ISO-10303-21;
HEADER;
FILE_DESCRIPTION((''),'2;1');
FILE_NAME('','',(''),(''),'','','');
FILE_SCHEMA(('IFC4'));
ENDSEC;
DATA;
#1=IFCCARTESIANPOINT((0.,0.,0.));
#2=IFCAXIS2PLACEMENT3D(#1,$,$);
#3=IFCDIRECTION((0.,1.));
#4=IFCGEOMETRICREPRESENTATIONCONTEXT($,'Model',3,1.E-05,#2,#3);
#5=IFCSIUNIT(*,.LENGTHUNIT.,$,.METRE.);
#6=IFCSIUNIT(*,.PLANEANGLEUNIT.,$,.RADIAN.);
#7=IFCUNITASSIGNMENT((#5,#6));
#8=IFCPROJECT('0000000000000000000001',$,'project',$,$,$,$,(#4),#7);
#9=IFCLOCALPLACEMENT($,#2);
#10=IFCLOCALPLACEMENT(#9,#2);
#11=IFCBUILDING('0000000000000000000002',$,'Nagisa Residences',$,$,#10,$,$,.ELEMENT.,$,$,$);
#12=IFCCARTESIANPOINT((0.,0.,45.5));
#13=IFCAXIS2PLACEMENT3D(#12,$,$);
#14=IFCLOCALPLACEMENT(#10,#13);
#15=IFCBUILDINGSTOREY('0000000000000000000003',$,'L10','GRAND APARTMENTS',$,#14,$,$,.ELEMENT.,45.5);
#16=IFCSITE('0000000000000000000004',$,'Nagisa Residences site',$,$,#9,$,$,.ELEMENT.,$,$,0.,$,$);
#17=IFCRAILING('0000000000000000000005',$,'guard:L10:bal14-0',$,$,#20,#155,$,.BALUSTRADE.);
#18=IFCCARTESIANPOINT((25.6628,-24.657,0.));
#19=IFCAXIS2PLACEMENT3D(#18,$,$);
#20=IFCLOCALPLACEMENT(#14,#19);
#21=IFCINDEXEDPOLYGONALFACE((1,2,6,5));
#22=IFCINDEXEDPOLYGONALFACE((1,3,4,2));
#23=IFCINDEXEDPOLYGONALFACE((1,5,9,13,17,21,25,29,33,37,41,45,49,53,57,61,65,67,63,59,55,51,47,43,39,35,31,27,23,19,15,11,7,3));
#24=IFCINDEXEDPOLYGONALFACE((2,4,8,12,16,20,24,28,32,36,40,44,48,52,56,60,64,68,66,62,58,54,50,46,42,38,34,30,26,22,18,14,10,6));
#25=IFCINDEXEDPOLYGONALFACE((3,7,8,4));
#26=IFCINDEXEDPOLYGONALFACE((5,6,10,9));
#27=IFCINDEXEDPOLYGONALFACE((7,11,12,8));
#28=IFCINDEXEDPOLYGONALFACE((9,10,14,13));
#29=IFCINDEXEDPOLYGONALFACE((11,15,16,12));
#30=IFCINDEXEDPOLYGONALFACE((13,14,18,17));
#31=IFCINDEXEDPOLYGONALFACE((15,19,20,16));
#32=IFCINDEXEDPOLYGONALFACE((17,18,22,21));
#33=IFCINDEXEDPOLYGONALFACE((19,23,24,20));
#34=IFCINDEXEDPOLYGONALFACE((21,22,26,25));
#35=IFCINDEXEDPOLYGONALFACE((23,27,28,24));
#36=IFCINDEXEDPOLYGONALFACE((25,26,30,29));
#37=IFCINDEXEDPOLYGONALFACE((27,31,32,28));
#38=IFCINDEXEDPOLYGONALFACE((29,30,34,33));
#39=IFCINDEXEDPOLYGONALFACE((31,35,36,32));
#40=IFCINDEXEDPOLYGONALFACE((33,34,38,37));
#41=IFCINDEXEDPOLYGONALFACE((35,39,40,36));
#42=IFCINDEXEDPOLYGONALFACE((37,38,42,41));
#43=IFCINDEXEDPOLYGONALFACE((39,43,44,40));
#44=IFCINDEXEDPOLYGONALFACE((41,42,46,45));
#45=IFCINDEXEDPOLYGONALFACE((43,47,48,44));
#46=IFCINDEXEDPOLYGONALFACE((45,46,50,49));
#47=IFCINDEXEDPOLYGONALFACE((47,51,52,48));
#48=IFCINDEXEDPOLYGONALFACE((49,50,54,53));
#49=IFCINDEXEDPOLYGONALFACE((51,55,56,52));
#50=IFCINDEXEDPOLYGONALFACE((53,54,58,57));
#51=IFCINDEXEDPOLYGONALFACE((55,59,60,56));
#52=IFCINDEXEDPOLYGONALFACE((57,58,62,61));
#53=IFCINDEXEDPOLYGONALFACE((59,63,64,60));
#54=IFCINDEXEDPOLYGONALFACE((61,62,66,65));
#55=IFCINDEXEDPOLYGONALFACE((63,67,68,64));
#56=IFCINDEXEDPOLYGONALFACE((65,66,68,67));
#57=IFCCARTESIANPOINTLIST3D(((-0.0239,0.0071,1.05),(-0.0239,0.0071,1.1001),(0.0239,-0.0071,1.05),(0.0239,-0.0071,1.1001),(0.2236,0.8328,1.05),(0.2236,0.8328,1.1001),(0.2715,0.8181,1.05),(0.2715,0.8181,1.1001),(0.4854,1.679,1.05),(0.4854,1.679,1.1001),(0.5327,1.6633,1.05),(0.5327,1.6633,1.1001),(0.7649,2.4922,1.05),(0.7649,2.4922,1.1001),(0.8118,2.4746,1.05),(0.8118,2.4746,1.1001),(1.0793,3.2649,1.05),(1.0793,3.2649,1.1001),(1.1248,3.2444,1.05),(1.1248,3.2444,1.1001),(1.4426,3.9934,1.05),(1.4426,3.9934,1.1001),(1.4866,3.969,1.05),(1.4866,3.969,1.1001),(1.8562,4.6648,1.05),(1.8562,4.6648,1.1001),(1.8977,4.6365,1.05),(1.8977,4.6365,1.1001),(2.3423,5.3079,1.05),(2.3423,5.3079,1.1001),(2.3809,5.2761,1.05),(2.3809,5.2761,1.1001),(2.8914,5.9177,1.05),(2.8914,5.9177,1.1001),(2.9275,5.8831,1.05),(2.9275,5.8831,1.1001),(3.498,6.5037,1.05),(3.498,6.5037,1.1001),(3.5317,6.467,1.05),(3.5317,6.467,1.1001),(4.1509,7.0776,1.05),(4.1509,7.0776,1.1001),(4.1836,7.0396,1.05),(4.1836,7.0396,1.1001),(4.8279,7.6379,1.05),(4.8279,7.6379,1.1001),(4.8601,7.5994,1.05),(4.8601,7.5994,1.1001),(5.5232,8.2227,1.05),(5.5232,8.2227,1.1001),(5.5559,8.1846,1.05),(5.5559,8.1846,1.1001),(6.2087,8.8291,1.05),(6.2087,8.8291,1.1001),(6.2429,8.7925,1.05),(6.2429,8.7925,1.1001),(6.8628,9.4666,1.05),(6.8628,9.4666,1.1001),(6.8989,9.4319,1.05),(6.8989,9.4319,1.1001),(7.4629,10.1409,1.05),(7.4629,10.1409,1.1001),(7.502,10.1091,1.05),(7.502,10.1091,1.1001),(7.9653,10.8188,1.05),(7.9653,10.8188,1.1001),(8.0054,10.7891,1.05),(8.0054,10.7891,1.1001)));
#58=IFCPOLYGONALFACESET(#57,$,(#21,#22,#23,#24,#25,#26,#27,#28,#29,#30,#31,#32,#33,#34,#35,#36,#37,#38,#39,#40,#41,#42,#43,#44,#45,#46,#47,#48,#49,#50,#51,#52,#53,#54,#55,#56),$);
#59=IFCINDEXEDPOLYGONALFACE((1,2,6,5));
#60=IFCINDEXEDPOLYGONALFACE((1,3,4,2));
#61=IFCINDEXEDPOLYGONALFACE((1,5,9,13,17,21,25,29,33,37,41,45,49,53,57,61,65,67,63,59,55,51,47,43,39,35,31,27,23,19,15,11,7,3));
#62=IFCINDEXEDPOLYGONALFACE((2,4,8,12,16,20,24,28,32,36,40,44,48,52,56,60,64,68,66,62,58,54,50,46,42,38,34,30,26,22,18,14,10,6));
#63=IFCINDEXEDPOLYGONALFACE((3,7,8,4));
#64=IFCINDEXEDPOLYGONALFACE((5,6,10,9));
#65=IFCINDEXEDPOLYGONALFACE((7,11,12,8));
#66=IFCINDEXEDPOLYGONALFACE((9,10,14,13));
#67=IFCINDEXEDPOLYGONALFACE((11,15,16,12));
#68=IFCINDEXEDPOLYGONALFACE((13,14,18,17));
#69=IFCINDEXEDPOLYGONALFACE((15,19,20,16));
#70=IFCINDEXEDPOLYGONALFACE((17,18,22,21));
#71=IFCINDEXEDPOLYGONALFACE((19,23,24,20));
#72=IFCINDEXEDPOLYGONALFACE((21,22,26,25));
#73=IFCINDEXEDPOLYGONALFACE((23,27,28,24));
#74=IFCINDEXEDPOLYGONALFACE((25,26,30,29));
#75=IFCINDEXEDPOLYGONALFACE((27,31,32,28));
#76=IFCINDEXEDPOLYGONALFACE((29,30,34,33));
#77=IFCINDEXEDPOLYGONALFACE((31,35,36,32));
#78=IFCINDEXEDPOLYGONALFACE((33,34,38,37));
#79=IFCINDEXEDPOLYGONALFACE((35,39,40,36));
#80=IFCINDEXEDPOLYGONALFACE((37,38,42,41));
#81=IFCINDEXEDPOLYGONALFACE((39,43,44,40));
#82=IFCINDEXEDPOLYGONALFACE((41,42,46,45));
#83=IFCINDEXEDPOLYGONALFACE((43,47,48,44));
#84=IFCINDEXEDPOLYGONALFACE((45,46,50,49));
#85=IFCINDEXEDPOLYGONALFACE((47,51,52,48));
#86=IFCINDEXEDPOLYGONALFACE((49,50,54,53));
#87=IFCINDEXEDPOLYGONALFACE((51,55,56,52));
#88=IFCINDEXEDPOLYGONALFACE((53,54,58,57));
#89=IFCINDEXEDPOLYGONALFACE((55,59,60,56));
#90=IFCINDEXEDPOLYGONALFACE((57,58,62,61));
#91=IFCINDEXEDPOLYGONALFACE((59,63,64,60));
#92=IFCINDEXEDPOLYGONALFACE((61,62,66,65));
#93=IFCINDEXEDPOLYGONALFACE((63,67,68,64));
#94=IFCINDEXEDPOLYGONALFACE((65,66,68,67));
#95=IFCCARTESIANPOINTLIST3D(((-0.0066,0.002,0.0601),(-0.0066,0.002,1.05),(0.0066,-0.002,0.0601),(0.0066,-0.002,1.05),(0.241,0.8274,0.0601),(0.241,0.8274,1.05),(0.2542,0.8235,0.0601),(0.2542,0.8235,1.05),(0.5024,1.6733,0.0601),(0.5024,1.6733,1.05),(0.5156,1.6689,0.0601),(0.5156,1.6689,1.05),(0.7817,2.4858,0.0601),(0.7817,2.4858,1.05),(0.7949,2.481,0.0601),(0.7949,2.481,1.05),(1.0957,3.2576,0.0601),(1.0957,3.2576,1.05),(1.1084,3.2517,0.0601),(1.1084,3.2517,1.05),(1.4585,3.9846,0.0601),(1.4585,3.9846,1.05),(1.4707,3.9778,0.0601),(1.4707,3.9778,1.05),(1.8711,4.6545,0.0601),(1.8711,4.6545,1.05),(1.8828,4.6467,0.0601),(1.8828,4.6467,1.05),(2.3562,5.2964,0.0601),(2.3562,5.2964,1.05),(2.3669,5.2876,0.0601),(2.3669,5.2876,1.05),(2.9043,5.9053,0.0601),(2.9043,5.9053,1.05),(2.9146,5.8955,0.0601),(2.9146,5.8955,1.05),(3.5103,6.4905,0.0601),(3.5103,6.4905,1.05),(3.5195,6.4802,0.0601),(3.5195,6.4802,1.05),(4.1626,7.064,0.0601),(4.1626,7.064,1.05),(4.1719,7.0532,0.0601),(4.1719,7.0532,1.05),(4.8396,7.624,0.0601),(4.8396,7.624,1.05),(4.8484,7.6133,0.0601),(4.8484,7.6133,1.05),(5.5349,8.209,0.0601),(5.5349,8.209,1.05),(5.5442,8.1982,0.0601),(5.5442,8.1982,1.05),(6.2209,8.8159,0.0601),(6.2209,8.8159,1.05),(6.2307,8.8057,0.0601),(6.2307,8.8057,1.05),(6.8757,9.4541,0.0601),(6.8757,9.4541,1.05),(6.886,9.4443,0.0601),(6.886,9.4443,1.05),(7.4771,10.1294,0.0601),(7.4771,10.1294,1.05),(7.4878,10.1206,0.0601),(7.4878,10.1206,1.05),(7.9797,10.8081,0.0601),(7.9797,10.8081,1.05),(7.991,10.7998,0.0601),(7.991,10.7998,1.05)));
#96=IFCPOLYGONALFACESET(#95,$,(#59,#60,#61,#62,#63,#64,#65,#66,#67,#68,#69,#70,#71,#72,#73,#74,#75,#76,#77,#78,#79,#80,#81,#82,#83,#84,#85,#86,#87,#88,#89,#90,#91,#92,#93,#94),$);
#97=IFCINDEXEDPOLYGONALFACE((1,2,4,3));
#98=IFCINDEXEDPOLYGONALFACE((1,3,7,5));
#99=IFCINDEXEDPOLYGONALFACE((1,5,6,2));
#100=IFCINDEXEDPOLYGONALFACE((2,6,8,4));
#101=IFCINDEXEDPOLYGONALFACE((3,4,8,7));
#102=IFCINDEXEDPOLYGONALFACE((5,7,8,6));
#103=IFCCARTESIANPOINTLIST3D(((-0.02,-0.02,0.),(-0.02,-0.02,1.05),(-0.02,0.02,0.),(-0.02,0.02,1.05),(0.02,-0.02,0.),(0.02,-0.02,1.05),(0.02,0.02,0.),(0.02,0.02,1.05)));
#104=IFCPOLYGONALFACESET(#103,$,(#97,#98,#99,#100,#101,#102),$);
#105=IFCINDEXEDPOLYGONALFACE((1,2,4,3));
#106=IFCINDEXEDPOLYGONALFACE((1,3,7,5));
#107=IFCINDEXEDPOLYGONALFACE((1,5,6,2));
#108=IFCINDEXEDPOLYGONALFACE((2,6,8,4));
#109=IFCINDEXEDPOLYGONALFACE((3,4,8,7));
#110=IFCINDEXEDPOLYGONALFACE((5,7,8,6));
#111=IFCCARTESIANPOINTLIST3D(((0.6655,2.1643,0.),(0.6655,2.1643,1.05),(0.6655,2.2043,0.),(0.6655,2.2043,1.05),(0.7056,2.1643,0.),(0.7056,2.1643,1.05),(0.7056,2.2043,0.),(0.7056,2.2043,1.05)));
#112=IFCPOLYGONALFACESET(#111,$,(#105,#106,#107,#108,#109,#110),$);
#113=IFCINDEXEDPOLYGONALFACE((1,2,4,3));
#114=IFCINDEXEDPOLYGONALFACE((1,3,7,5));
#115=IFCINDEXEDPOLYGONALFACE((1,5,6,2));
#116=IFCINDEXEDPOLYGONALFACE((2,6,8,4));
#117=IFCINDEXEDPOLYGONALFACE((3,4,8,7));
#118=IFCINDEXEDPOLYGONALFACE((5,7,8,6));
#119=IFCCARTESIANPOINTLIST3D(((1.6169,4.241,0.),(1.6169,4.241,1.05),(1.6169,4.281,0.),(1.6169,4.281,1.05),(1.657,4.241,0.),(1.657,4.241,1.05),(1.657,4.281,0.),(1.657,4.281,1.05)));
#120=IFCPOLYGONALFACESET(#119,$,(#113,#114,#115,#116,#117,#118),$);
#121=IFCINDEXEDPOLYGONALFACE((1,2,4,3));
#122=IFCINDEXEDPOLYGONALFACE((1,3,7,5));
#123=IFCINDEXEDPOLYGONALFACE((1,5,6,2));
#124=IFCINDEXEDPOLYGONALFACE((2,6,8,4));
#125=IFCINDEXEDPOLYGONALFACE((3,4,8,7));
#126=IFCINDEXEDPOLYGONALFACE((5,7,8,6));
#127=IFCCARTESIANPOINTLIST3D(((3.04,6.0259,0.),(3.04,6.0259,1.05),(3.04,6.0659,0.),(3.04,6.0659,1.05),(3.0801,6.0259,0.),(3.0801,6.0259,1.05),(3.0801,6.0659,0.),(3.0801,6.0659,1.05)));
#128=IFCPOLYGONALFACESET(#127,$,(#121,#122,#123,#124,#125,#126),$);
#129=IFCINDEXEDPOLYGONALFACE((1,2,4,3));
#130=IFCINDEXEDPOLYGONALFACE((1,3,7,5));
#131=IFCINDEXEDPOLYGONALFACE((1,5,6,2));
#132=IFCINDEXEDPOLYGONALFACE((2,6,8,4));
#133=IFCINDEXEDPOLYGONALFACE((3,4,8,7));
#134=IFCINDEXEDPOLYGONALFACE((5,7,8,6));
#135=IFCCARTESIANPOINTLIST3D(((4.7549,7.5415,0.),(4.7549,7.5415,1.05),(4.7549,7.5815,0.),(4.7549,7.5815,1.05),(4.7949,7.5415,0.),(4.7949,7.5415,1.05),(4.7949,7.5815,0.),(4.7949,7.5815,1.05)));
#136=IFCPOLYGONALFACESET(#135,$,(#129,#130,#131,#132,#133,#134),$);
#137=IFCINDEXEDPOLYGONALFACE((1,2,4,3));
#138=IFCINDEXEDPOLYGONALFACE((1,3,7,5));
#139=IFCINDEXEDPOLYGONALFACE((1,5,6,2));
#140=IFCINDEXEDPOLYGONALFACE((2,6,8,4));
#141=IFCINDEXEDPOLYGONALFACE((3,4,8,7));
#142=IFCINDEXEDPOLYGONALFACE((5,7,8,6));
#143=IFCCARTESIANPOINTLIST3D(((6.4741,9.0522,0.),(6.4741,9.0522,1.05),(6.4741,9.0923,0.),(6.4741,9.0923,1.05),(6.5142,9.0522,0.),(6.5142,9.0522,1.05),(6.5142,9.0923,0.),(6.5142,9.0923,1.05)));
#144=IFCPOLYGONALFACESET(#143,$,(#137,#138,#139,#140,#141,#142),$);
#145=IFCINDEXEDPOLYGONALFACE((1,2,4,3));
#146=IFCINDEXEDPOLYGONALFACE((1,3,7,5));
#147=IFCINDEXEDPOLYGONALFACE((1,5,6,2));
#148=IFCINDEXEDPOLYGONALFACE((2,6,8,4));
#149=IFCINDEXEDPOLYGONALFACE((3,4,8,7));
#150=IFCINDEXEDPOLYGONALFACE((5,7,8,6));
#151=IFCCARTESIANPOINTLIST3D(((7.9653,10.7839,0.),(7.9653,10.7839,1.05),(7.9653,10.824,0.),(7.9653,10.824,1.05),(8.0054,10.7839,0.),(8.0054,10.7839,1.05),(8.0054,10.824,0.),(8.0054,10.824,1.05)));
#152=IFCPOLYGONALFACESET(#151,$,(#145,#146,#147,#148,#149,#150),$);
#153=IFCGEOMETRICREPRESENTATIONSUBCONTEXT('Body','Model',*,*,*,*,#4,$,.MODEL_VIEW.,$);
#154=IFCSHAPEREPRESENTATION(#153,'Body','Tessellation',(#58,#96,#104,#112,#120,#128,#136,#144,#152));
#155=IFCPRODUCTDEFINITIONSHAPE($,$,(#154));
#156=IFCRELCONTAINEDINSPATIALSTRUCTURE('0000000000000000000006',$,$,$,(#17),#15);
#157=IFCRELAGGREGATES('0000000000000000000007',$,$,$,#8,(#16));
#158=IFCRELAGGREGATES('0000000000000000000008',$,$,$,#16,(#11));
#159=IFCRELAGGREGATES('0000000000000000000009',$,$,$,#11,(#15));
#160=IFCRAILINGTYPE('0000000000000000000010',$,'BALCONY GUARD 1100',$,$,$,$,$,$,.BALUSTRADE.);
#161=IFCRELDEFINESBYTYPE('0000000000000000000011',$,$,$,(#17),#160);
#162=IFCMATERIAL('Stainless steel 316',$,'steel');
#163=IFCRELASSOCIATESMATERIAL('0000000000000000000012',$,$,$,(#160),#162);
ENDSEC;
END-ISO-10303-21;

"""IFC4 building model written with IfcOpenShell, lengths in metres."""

from ifc_helpers import new_model, si_unit, direction, frame, origin, origin_2d, place, context, subcontext, project, spatial, polyline, rectangle, outline, extrude, material, type_object, element, save


model = new_model("IFC4")

# Units and contexts
model_context = context("Model", 3, precision=1e-05, world=origin(), true_north=direction((0.0, 1.0)))
body_context = subcontext(model_context, "Body", "Model", "MODEL_VIEW")
ifc_project = project(units=[si_unit("LENGTHUNIT", "METRE"), si_unit("PLANEANGLEUNIT", "RADIAN")], contexts=[model_context])

# Site, building, storey
site_placement = place(None, origin())
site = spatial("IfcSite", under=ifc_project, at=site_placement, Name="Nagisa Residences site", CompositionType="ELEMENT", RefElevation=0.0)
building_placement = place(site_placement, origin())
building = spatial("IfcBuilding", under=site, at=building_placement, Name="Nagisa Residences", CompositionType="ELEMENT")
storey_placement = place(building_placement, frame((0.0, 0.0, 45.5)))
storey = spatial("IfcBuildingStorey", under=building, at=storey_placement, Name="L10", Description="GRAND APARTMENTS", CompositionType="ELEMENT", Elevation=45.5)

# Railing
ifc_material_1 = material(Name="Stainless steel 316", Category="steel")
railing_type = type_object("IfcRailingType", Name="BALCONY GUARD 1100", PredefinedType="BALUSTRADE", material=ifc_material_1)
railing_1_placement = place(storey_placement, frame((25.6628, -24.657, 0.0)))
element("IfcRailing", 1, at=railing_1_placement, inside=storey, type_object=railing_type, Name="guard:L10:bal14-0", PredefinedType="BALUSTRADE", context=body_context, shape_type="SweptSolid", body=[
    extrude(outline(polyline([(0.2236, 0.8328), (-0.0239, 0.0071), (0.0239, -0.0071), (0.2715, 0.8181), (0.5327, 1.6633), (0.8118, 2.4746), (1.1248, 3.2444), (1.4866, 3.969), (1.8977, 4.6365), (2.3809, 5.2761), (2.9275, 5.8831), (3.5317, 6.467), (4.1836, 7.0396), (4.8601, 7.5994), (5.5559, 8.1846), (6.2429, 8.7925), (6.8989, 9.4319), (7.502, 10.1091), (8.0054, 10.7891), (7.9653, 10.8188), (7.4629, 10.1409), (6.8628, 9.4666), (6.2087, 8.8291), (5.5232, 8.2227), (4.8279, 7.6379), (4.1509, 7.0776), (3.498, 6.5037), (2.8914, 5.9177), (2.3423, 5.3079), (1.8562, 4.6648), (1.4426, 3.9934), (1.0793, 3.2649), (0.7649, 2.4922), (0.4854, 1.679), (0.2236, 0.8328)])), frame((0.0, 0.0, 1.05)), (0.0, 0.0, 1.0), 0.05),
    extrude(outline(polyline([(0.241, 0.8274), (-0.0066, 0.002), (0.0066, -0.002), (0.2542, 0.8235), (0.5156, 1.6689), (0.7949, 2.481), (1.1084, 3.2517), (1.4707, 3.9778), (1.8828, 4.6467), (2.3669, 5.2876), (2.9146, 5.8955), (3.5195, 6.4802), (4.1719, 7.0532), (4.8484, 7.6133), (5.5442, 8.1982), (6.2307, 8.8057), (6.886, 9.4443), (7.4878, 10.1206), (7.991, 10.7998), (7.9797, 10.8081), (7.4771, 10.1294), (6.8757, 9.4541), (6.2209, 8.8159), (5.5349, 8.209), (4.8396, 7.624), (4.1626, 7.064), (3.5103, 6.4905), (2.9043, 5.9053), (2.3562, 5.2964), (1.8711, 4.6545), (1.4585, 3.9846), (1.0957, 3.2576), (0.7817, 2.4858), (0.5024, 1.6733), (0.241, 0.8274)])), frame((0.0, 0.0, 0.0601)), (0.0, 0.0, 1.0), 0.99),
    extrude(rectangle(XDim=0.04, YDim=0.04, at=origin_2d()), origin(), (0.0, 0.0, 1.0), 1.05),
    extrude(rectangle(XDim=0.04, YDim=0.04, at=origin_2d()), frame((0.6855, 2.1843, 0.0)), (0.0, 0.0, 1.0), 1.05),
    extrude(rectangle(XDim=0.04, YDim=0.04, at=origin_2d()), frame((1.637, 4.261, 0.0)), (0.0, 0.0, 1.0), 1.05),
    extrude(rectangle(XDim=0.04, YDim=0.04, at=origin_2d()), frame((3.0601, 6.0459, 0.0)), (0.0, 0.0, 1.0), 1.05),
    extrude(rectangle(XDim=0.04, YDim=0.04, at=origin_2d()), frame((4.7749, 7.5615, 0.0)), (0.0, 0.0, 1.0), 1.05),
    extrude(rectangle(XDim=0.04, YDim=0.04, at=origin_2d()), frame((6.4941, 9.0723, 0.0)), (0.0, 0.0, 1.0), 1.05),
    extrude(rectangle(XDim=0.04, YDim=0.04, at=origin_2d()), frame((7.9854, 10.804, 0.0)), (0.0, 0.0, 1.0), 1.05),
])

save(model, "model.ifc")
